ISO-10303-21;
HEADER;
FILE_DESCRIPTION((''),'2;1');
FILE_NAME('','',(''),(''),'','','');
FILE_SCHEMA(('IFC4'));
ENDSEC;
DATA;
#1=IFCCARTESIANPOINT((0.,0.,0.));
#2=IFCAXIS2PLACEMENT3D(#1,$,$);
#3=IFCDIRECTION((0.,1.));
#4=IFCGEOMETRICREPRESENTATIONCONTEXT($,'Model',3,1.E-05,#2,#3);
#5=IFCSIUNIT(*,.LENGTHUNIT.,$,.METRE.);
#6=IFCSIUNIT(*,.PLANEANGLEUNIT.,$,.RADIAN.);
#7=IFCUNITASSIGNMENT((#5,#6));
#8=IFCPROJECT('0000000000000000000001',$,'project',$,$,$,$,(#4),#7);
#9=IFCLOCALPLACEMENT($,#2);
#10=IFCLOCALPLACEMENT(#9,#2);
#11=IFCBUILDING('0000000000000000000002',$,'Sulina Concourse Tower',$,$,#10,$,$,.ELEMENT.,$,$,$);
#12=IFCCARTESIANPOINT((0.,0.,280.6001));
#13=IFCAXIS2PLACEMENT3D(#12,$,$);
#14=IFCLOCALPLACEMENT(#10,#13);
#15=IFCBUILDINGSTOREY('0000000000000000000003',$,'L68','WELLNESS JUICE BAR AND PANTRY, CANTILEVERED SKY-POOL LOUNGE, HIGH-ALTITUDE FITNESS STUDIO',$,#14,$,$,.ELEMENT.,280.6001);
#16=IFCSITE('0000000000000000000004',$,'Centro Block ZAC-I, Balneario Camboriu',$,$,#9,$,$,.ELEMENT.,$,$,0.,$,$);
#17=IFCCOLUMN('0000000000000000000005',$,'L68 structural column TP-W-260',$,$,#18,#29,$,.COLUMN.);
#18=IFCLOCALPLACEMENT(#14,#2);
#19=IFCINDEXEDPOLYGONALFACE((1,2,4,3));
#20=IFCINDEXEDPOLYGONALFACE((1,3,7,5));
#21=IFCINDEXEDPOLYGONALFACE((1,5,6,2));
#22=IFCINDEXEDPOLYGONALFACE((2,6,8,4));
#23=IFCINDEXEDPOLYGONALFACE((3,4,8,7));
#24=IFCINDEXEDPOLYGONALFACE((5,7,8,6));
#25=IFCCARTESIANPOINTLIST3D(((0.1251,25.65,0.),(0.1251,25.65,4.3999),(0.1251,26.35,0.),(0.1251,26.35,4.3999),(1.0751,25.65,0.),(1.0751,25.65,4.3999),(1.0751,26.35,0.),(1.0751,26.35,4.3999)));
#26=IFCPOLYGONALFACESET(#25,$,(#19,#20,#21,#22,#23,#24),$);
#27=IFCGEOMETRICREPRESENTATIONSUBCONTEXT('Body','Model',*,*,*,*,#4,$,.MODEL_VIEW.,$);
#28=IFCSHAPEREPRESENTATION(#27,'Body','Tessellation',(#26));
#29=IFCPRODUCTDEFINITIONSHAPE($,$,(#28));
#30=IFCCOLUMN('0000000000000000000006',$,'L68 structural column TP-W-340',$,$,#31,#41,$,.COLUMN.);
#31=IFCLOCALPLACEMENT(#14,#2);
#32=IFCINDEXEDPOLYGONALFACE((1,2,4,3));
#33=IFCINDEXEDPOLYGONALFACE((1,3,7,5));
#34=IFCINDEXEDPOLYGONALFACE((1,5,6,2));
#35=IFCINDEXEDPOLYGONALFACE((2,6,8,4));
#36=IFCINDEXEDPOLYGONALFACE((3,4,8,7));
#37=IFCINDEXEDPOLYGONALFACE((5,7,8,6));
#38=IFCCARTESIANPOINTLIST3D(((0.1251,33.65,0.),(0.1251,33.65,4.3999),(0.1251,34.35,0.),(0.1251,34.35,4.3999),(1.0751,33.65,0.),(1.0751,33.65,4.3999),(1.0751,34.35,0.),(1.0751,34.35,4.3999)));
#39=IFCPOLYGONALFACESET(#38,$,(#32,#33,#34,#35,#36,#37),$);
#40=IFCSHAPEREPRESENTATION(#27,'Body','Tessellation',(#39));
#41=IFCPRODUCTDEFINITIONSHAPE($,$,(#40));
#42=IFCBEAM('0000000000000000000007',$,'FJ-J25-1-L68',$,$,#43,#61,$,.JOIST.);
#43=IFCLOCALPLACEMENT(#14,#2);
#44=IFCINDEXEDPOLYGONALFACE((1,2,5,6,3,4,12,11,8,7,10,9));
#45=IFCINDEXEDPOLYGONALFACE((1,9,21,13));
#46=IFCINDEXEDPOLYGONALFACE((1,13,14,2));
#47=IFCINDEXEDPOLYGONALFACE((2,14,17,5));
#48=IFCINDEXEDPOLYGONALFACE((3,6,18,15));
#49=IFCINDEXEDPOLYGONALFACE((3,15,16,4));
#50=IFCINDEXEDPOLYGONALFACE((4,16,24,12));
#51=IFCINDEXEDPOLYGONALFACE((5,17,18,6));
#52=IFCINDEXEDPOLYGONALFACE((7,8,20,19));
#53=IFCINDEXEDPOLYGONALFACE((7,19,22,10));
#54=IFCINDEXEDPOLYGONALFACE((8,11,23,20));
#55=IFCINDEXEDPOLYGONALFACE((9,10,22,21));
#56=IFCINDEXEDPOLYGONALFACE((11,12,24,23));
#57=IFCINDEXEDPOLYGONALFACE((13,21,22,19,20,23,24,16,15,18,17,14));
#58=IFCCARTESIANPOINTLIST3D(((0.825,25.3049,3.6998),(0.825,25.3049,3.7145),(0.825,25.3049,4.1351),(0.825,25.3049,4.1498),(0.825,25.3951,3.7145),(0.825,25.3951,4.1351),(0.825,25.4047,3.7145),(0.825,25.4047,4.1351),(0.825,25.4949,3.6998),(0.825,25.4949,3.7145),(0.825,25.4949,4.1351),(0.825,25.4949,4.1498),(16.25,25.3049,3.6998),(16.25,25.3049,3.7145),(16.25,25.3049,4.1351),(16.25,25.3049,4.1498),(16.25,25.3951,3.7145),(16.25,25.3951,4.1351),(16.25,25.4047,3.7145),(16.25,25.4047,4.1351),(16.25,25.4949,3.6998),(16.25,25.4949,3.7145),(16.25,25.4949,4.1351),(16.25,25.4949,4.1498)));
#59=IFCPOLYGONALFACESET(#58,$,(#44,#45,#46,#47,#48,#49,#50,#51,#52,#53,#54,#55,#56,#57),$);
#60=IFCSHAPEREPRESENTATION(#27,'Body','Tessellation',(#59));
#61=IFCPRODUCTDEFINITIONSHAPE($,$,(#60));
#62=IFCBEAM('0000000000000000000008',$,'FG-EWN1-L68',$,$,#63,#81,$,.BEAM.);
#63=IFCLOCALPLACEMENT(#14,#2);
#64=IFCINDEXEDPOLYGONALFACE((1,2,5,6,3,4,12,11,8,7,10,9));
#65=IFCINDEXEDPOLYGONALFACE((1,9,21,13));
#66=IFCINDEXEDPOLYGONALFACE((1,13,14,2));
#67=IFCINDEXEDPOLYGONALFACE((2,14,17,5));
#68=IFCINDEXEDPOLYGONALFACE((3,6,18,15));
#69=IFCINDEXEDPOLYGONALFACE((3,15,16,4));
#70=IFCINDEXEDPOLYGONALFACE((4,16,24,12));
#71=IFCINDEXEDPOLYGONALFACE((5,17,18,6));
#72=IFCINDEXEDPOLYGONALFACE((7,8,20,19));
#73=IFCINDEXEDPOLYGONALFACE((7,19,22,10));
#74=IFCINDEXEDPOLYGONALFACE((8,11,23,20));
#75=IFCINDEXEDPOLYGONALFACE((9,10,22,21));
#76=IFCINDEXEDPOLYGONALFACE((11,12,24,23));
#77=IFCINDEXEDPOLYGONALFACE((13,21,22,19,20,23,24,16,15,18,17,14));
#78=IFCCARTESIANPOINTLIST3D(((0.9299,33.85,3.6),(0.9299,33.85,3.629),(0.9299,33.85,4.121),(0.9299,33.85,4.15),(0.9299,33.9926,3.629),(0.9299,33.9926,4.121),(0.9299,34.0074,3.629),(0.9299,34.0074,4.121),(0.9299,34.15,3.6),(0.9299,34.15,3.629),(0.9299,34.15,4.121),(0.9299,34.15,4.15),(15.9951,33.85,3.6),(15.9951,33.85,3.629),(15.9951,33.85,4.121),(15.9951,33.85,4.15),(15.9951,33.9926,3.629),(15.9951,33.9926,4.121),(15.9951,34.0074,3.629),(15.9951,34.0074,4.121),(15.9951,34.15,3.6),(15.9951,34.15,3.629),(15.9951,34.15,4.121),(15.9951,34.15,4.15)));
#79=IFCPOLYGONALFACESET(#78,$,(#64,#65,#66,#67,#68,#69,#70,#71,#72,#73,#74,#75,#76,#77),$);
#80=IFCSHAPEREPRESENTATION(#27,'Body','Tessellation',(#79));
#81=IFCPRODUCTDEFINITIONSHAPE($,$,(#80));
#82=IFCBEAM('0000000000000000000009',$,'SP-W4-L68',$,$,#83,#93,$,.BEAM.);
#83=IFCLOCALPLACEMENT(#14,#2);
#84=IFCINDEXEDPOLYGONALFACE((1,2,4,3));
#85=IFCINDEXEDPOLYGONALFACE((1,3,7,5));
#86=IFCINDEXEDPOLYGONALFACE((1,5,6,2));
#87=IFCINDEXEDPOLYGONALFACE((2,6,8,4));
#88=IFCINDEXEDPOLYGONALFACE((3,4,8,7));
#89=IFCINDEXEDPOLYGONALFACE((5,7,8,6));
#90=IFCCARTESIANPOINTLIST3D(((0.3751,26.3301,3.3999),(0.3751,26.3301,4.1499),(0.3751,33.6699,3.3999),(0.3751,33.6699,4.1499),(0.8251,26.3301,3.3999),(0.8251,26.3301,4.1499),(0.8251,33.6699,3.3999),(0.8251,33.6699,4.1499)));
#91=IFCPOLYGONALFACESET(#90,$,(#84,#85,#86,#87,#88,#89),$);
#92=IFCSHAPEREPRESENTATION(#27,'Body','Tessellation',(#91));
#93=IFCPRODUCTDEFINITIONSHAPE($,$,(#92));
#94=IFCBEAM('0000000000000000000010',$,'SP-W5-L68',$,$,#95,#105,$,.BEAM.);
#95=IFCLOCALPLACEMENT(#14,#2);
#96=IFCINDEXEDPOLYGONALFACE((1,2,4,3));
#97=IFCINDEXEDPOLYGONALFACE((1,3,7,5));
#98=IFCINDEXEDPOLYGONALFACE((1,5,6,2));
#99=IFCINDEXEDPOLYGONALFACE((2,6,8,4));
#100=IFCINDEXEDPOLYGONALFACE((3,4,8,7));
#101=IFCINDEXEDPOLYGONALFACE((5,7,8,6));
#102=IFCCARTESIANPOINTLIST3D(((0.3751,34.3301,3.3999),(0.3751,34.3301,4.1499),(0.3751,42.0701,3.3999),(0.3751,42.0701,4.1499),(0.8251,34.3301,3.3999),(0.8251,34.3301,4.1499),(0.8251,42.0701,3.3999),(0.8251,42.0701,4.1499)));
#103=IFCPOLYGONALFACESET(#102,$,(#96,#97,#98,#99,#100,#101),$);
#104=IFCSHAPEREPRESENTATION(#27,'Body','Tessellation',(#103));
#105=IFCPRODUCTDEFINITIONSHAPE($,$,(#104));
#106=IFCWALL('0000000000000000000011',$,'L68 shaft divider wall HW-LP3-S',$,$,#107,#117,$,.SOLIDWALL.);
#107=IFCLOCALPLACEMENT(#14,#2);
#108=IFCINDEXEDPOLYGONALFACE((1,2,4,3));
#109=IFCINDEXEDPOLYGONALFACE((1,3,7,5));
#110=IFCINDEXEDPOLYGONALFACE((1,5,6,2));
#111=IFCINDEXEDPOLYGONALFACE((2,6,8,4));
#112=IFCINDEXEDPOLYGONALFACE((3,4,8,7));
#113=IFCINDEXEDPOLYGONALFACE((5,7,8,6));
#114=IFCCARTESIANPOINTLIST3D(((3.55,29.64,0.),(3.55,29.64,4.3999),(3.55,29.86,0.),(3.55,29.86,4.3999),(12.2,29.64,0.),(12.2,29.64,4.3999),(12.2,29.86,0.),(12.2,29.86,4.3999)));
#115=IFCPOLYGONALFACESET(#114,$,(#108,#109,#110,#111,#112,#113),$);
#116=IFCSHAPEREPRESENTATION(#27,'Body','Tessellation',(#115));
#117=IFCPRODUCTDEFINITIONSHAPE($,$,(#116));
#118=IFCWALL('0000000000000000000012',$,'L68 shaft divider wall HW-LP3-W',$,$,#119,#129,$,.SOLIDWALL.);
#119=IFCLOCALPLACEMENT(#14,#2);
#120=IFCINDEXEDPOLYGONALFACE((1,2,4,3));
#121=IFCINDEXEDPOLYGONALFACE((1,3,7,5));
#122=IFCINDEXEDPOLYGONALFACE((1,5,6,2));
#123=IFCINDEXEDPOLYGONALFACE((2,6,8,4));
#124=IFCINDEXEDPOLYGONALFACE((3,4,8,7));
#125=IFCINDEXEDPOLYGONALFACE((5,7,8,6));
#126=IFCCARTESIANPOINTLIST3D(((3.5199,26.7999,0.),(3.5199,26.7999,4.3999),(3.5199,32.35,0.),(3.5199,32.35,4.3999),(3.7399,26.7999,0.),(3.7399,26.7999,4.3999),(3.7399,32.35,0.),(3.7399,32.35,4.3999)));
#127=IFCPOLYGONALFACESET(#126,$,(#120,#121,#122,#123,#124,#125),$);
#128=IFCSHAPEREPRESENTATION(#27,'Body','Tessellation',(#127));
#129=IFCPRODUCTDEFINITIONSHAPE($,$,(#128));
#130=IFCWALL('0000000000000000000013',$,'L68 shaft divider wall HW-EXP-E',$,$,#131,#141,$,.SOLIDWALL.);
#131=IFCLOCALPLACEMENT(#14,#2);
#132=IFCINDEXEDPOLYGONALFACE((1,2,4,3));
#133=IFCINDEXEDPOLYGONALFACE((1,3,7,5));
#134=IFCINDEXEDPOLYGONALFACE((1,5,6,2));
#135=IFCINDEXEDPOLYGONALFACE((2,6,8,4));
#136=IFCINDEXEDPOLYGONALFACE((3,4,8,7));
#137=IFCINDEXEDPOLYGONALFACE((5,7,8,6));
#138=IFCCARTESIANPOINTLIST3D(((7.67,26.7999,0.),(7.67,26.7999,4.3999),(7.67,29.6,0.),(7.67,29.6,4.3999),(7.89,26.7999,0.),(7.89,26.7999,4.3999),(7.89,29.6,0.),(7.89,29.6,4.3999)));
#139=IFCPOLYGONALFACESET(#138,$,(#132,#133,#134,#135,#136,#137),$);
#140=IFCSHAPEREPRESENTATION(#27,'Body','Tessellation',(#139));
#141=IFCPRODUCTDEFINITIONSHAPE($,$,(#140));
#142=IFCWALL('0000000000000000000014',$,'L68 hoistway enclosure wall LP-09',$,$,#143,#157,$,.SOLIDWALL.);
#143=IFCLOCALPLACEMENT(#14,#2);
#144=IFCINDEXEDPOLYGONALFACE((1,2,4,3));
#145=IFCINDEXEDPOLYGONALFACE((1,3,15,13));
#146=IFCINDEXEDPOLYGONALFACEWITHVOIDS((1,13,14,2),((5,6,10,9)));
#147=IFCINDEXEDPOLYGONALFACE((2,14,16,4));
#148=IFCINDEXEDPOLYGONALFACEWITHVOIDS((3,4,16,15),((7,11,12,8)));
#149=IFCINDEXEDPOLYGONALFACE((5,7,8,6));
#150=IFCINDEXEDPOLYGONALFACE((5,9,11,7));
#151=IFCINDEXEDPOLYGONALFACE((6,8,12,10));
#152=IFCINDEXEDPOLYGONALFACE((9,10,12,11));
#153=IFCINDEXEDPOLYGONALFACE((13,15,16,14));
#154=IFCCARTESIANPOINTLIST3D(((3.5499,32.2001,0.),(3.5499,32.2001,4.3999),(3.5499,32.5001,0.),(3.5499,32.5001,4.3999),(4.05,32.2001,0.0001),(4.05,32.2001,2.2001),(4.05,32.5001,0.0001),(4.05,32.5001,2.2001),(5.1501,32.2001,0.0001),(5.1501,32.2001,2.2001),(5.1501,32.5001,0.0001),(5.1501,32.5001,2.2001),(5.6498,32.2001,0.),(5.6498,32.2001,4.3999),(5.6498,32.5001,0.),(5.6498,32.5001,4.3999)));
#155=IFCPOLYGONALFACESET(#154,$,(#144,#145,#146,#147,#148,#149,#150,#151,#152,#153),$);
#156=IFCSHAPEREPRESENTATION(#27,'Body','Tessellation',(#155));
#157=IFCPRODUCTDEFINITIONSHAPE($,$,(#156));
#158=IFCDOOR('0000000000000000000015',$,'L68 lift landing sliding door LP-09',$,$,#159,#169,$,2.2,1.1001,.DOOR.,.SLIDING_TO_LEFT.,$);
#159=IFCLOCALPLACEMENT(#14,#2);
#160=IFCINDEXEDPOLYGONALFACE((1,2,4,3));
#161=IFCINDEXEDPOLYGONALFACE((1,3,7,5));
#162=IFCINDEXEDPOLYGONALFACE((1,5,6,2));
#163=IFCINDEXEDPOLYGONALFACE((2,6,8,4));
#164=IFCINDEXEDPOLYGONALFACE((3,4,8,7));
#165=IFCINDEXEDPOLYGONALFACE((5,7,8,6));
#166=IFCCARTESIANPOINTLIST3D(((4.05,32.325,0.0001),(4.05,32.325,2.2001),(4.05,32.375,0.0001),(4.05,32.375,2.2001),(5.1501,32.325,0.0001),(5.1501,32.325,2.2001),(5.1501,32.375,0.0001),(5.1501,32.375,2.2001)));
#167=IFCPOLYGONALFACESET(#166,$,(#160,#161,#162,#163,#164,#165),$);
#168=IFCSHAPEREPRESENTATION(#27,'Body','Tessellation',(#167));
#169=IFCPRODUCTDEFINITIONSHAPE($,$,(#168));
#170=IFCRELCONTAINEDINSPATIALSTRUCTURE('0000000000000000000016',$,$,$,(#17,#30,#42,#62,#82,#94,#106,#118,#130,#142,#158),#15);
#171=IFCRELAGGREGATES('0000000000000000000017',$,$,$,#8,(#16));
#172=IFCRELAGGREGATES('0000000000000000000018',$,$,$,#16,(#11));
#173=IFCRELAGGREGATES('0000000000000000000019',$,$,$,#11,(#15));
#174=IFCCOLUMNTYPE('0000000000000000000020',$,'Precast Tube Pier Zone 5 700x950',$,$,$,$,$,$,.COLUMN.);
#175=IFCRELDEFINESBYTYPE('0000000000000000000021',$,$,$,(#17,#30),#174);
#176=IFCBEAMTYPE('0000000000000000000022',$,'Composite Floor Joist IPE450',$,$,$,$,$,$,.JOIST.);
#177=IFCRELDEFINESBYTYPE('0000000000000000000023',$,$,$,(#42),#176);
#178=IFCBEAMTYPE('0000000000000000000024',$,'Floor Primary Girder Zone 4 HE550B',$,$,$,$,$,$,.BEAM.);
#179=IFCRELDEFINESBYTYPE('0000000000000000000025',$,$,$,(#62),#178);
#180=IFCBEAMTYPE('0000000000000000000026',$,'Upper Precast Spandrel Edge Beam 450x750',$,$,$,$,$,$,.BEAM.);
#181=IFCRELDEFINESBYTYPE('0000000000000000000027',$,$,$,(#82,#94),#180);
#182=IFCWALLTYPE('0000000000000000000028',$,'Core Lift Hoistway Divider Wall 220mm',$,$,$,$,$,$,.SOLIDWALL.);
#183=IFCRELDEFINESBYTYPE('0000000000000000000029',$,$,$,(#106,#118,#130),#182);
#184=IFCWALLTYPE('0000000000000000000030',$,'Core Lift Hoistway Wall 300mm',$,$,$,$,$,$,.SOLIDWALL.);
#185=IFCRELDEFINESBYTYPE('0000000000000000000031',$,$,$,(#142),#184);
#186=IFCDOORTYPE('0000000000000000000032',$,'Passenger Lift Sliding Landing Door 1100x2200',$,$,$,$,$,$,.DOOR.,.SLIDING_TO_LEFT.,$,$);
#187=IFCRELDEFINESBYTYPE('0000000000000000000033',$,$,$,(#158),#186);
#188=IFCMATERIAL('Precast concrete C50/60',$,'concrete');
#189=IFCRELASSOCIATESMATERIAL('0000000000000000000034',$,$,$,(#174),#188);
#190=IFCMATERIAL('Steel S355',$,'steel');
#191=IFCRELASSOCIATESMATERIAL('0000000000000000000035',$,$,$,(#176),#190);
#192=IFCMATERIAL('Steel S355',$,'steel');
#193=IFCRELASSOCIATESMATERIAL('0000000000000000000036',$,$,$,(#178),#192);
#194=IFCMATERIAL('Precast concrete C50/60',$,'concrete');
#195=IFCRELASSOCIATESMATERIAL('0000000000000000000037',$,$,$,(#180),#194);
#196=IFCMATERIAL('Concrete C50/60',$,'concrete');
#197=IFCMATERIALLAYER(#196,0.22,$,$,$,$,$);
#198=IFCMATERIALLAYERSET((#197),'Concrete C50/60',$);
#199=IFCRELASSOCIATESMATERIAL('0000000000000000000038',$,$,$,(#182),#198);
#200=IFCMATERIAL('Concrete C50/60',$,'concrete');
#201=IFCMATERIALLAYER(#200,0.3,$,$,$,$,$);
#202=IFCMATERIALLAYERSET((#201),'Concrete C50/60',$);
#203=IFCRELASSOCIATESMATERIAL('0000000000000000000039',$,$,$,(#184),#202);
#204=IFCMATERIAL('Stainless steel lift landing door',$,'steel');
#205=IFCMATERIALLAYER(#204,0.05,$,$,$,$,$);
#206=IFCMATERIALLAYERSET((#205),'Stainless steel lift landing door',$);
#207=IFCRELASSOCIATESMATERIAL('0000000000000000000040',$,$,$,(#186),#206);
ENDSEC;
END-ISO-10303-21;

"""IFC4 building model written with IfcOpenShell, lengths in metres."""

from ifc_helpers import new_model, si_unit, direction, frame, frame_2d, origin, origin_2d, place, context, subcontext, project, spatial, rectangle, i_section, extrude, material, layer, layer_set, material_profile, profile_set, type_object, element, fill, save


model = new_model("IFC4")

# Units and contexts
model_context = context("Model", 3, precision=1e-05, world=origin(), true_north=direction((0.0, 1.0)))
body_context = subcontext(model_context, "Body", "Model", "MODEL_VIEW")
ifc_project = project(units=[si_unit("LENGTHUNIT", "METRE"), si_unit("PLANEANGLEUNIT", "RADIAN")], contexts=[model_context])

# Site, building, storey
site_placement = place(None, origin())
site = spatial("IfcSite", under=ifc_project, at=site_placement, Name="Centro Block ZAC-I, Balneario Camboriu", CompositionType="ELEMENT", RefElevation=0.0)
building_placement = place(site_placement, origin())
building = spatial("IfcBuilding", under=site, at=building_placement, Name="Sulina Concourse Tower", CompositionType="ELEMENT")
storey_placement = place(building_placement, frame((0.0, 0.0, 280.6001)))
storey = spatial("IfcBuildingStorey", under=building, at=storey_placement, Name="L68", Description="WELLNESS JUICE BAR AND PANTRY, CANTILEVERED SKY-POOL LOUNGE, HIGH-ALTITUDE FITNESS STUDIO", CompositionType="ELEMENT", Elevation=280.6001)

# Columns
ifc_material_1 = material(Name="Precast concrete C50/60", Category="concrete")
ifc_material_profile_1 = material_profile(ifc_material_1, rectangle(XDim=0.7, YDim=0.95, at=origin_2d()), Name="PC 700x950")
ifc_profile_set_1 = profile_set([ifc_material_profile_1], Name="Precast concrete C50/60")
column_type = type_object("IfcColumnType", Name="Precast Tube Pier Zone 5 700x950", PredefinedType="COLUMN", material=ifc_profile_set_1)
for number, where, z_axis, x_axis, name in (
    (1, (0.6001, 26.0, 0.0), (0.0, 0.0, 1.0), (0.0, 1.0, 0.0), "L68 structural column TP-W-260"),
    (2, (0.6001, 34.0, 0.0), (0.0, 0.0, 1.0), (0.0, 1.0, 0.0), "L68 structural column TP-W-340"),
):
    element("IfcColumn", number, at=place(storey_placement, frame(where, z_axis=z_axis, x_axis=x_axis)), inside=storey, type_object=column_type, Name=name, PredefinedType="COLUMN", context=body_context, shape_type="SweptSolid", body=[
        extrude(rectangle(XDim=0.7, YDim=0.95, at=origin_2d()), origin(), (0.0, 0.0, 1.0), 4.3999),
    ])

# Beams
ifc_material_2 = material(Name="Steel S355", Category="steel")
ifc_material_profile_2 = material_profile(ifc_material_2, i_section(OverallWidth=0.1899, OverallDepth=0.45, WebThickness=0.0095, FlangeThickness=0.0146, at=origin_2d()), Name="IPE 450")
ifc_profile_set_2 = profile_set([ifc_material_profile_2], Name="Steel S355")
beam_type_1 = type_object("IfcBeamType", Name="Composite Floor Joist IPE450", PredefinedType="JOIST", material=ifc_profile_set_2)
beam_1_placement = place(storey_placement, frame((0.825, 25.3999, 3.9248), z_axis=(1.0, 0.0, 0.0), x_axis=(0.0, 1.0, 0.0)))
element("IfcBeam", 3, at=beam_1_placement, inside=storey, type_object=beam_type_1, Name="FJ-J25-1-L68", PredefinedType="JOIST", context=body_context, shape_type="SweptSolid", body=[
    extrude(i_section(OverallWidth=0.1899, OverallDepth=0.45, WebThickness=0.0095, FlangeThickness=0.0146, at=origin_2d()), origin(), (0.0, 0.0, 1.0), 15.425),
])
ifc_material_3 = material(Name="Steel S355", Category="steel")
ifc_material_profile_3 = material_profile(ifc_material_3, i_section(OverallWidth=0.3, OverallDepth=0.55, WebThickness=0.0149, FlangeThickness=0.0291, at=origin_2d()), Name="HE 550 B")
ifc_profile_set_3 = profile_set([ifc_material_profile_3], Name="Steel S355")
beam_type_2 = type_object("IfcBeamType", Name="Floor Primary Girder Zone 4 HE550B", PredefinedType="BEAM", material=ifc_profile_set_3)
beam_2_placement = place(storey_placement, frame((0.9299, 34.0, 3.875), z_axis=(1.0, 0.0, 0.0), x_axis=(0.0, 1.0, 0.0)))
element("IfcBeam", 4, at=beam_2_placement, inside=storey, type_object=beam_type_2, Name="FG-EWN1-L68", PredefinedType="BEAM", context=body_context, shape_type="SweptSolid", body=[
    extrude(i_section(OverallWidth=0.3, OverallDepth=0.55, WebThickness=0.0149, FlangeThickness=0.0291, at=origin_2d()), origin(), (0.0, 0.0, 1.0), 15.0652),
])
ifc_material_4 = material(Name="Precast concrete C50/60", Category="concrete")
ifc_material_profile_4 = material_profile(ifc_material_4, rectangle(XDim=0.45, YDim=0.75, at=origin_2d()), Name="RC 450x750")
ifc_profile_set_4 = profile_set([ifc_material_profile_4], Name="Precast concrete C50/60")
beam_type_3 = type_object("IfcBeamType", Name="Upper Precast Spandrel Edge Beam 450x750", PredefinedType="BEAM", material=ifc_profile_set_4)
beam_3_placement = place(storey_placement, frame((0.6001, 26.3301, 3.7749), z_axis=(0.0, 1.0, 0.0), x_axis=(-1.0, 0.0, 0.0)))
element("IfcBeam", 5, at=beam_3_placement, inside=storey, type_object=beam_type_3, Name="SP-W4-L68", PredefinedType="BEAM", context=body_context, shape_type="SweptSolid", body=[
    extrude(rectangle(XDim=0.45, YDim=0.75, at=origin_2d()), origin(), (0.0, 0.0, 1.0), 7.3398),
])
beam_4_placement = place(storey_placement, frame((0.6001, 34.3301, 3.7749), z_axis=(0.0, 1.0, 0.0), x_axis=(-1.0, 0.0, 0.0)))
element("IfcBeam", 6, at=beam_4_placement, inside=storey, type_object=beam_type_3, Name="SP-W5-L68", PredefinedType="BEAM", context=body_context, shape_type="SweptSolid", body=[
    extrude(rectangle(XDim=0.45, YDim=0.75, at=origin_2d()), origin(), (0.0, 0.0, 1.0), 7.74),
])

# Walls
ifc_material_5 = material(Name="Concrete C50/60", Category="concrete")
ifc_layer_1 = layer(ifc_material_5, 0.22)
ifc_layer_set_1 = layer_set([ifc_layer_1], Name="Concrete C50/60")
wall_type_1 = type_object("IfcWallType", Name="Core Lift Hoistway Divider Wall 220mm", PredefinedType="SOLIDWALL", material=ifc_layer_set_1)
wall_1_placement = place(storey_placement, frame((3.55, 29.75, 0.0), z_axis=(0.0, 0.0, 1.0), x_axis=(1.0, 0.0, 0.0)))
element("IfcWall", 7, at=wall_1_placement, inside=storey, type_object=wall_type_1, Name="L68 shaft divider wall HW-LP3-S", PredefinedType="SOLIDWALL", context=body_context, shape_type="SweptSolid", body=[
    extrude(rectangle(XDim=8.6499, YDim=0.22, at=frame_2d((4.325, 0.0))), origin(), (0.0, 0.0, 1.0), 4.3999),
])
wall_2_placement = place(storey_placement, frame((3.6299, 26.8, 0.0), z_axis=(0.0, 0.0, 1.0), x_axis=(0.0, 1.0, 0.0)))
element("IfcWall", 8, at=wall_2_placement, inside=storey, type_object=wall_type_1, Name="L68 shaft divider wall HW-LP3-W", PredefinedType="SOLIDWALL", context=body_context, shape_type="SweptSolid", body=[
    extrude(rectangle(XDim=5.55, YDim=0.22, at=frame_2d((2.7749, 0.0))), origin(), (0.0, 0.0, 1.0), 4.3999),
])
wall_3_placement = place(storey_placement, frame((7.78, 26.8, 0.0), z_axis=(0.0, 0.0, 1.0), x_axis=(0.0, 1.0, 0.0)))
element("IfcWall", 9, at=wall_3_placement, inside=storey, type_object=wall_type_1, Name="L68 shaft divider wall HW-EXP-E", PredefinedType="SOLIDWALL", context=body_context, shape_type="SweptSolid", body=[
    extrude(rectangle(XDim=2.8, YDim=0.22, at=frame_2d((1.3999, 0.0))), origin(), (0.0, 0.0, 1.0), 4.3999),
])

# Wall, opening, door
ifc_material_6 = material(Name="Concrete C50/60", Category="concrete")
ifc_layer_2 = layer(ifc_material_6, 0.3)
ifc_layer_set_2 = layer_set([ifc_layer_2], Name="Concrete C50/60")
wall_type_2 = type_object("IfcWallType", Name="Core Lift Hoistway Wall 300mm", PredefinedType="SOLIDWALL", material=ifc_layer_set_2)
wall_4_placement = place(storey_placement, frame((3.55, 32.3501, 0.0), z_axis=(0.0, 0.0, 1.0), x_axis=(1.0, 0.0, 0.0)))
wall_4 = element("IfcWall", 10, at=wall_4_placement, inside=storey, type_object=wall_type_2, Name="L68 hoistway enclosure wall LP-09", PredefinedType="SOLIDWALL", context=body_context, shape_type="SweptSolid", body=[
    extrude(rectangle(XDim=2.0999, YDim=0.3, at=frame_2d((1.0498, 0.0))), origin(), (0.0, 0.0, 1.0), 4.3999),
])
opening_1_placement = place(wall_4_placement, frame((0.5, 0.0, 0.0)))
opening_1 = element("IfcOpeningElement", 11, at=opening_1_placement, cuts=wall_4, PredefinedType="OPENING", context=body_context, shape_type="SweptSolid", body=[
    extrude(rectangle(XDim=1.1001, YDim=2.2, at=frame_2d((0.55, 1.1001))), frame((0.0, 0.1599, 0.0), z_axis=(0.0, -1.0, 0.0), x_axis=(1.0, 0.0, 0.0)), (0.0, 0.0, 1.0), 0.3201),
])
ifc_material_7 = material(Name="Stainless steel lift landing door", Category="steel")
ifc_layer_3 = layer(ifc_material_7, 0.05)
ifc_layer_set_3 = layer_set([ifc_layer_3], Name="Stainless steel lift landing door")
door_type_1 = type_object("IfcDoorType", Name="Passenger Lift Sliding Landing Door 1100x2200", OperationType="SLIDING_TO_LEFT", PredefinedType="DOOR", material=ifc_layer_set_3)
door_1_placement = place(opening_1_placement, origin())
door_1 = element("IfcDoor", 12, at=door_1_placement, inside=storey, type_object=door_type_1, Name="L68 lift landing sliding door LP-09", OperationType="SLIDING_TO_LEFT", OverallHeight=2.2, OverallWidth=1.1001, PredefinedType="DOOR", context=body_context, shape_type="SweptSolid", body=[
    extrude(rectangle(XDim=1.1001, YDim=2.2, at=frame_2d((0.55, 1.1001))), frame((0.0, 0.0249, 0.0), z_axis=(0.0, -1.0, 0.0), x_axis=(1.0, 0.0, 0.0)), (0.0, 0.0, 1.0), 0.05),
])
fill(opening_1, door_1)

save(model, "model.ifc")
